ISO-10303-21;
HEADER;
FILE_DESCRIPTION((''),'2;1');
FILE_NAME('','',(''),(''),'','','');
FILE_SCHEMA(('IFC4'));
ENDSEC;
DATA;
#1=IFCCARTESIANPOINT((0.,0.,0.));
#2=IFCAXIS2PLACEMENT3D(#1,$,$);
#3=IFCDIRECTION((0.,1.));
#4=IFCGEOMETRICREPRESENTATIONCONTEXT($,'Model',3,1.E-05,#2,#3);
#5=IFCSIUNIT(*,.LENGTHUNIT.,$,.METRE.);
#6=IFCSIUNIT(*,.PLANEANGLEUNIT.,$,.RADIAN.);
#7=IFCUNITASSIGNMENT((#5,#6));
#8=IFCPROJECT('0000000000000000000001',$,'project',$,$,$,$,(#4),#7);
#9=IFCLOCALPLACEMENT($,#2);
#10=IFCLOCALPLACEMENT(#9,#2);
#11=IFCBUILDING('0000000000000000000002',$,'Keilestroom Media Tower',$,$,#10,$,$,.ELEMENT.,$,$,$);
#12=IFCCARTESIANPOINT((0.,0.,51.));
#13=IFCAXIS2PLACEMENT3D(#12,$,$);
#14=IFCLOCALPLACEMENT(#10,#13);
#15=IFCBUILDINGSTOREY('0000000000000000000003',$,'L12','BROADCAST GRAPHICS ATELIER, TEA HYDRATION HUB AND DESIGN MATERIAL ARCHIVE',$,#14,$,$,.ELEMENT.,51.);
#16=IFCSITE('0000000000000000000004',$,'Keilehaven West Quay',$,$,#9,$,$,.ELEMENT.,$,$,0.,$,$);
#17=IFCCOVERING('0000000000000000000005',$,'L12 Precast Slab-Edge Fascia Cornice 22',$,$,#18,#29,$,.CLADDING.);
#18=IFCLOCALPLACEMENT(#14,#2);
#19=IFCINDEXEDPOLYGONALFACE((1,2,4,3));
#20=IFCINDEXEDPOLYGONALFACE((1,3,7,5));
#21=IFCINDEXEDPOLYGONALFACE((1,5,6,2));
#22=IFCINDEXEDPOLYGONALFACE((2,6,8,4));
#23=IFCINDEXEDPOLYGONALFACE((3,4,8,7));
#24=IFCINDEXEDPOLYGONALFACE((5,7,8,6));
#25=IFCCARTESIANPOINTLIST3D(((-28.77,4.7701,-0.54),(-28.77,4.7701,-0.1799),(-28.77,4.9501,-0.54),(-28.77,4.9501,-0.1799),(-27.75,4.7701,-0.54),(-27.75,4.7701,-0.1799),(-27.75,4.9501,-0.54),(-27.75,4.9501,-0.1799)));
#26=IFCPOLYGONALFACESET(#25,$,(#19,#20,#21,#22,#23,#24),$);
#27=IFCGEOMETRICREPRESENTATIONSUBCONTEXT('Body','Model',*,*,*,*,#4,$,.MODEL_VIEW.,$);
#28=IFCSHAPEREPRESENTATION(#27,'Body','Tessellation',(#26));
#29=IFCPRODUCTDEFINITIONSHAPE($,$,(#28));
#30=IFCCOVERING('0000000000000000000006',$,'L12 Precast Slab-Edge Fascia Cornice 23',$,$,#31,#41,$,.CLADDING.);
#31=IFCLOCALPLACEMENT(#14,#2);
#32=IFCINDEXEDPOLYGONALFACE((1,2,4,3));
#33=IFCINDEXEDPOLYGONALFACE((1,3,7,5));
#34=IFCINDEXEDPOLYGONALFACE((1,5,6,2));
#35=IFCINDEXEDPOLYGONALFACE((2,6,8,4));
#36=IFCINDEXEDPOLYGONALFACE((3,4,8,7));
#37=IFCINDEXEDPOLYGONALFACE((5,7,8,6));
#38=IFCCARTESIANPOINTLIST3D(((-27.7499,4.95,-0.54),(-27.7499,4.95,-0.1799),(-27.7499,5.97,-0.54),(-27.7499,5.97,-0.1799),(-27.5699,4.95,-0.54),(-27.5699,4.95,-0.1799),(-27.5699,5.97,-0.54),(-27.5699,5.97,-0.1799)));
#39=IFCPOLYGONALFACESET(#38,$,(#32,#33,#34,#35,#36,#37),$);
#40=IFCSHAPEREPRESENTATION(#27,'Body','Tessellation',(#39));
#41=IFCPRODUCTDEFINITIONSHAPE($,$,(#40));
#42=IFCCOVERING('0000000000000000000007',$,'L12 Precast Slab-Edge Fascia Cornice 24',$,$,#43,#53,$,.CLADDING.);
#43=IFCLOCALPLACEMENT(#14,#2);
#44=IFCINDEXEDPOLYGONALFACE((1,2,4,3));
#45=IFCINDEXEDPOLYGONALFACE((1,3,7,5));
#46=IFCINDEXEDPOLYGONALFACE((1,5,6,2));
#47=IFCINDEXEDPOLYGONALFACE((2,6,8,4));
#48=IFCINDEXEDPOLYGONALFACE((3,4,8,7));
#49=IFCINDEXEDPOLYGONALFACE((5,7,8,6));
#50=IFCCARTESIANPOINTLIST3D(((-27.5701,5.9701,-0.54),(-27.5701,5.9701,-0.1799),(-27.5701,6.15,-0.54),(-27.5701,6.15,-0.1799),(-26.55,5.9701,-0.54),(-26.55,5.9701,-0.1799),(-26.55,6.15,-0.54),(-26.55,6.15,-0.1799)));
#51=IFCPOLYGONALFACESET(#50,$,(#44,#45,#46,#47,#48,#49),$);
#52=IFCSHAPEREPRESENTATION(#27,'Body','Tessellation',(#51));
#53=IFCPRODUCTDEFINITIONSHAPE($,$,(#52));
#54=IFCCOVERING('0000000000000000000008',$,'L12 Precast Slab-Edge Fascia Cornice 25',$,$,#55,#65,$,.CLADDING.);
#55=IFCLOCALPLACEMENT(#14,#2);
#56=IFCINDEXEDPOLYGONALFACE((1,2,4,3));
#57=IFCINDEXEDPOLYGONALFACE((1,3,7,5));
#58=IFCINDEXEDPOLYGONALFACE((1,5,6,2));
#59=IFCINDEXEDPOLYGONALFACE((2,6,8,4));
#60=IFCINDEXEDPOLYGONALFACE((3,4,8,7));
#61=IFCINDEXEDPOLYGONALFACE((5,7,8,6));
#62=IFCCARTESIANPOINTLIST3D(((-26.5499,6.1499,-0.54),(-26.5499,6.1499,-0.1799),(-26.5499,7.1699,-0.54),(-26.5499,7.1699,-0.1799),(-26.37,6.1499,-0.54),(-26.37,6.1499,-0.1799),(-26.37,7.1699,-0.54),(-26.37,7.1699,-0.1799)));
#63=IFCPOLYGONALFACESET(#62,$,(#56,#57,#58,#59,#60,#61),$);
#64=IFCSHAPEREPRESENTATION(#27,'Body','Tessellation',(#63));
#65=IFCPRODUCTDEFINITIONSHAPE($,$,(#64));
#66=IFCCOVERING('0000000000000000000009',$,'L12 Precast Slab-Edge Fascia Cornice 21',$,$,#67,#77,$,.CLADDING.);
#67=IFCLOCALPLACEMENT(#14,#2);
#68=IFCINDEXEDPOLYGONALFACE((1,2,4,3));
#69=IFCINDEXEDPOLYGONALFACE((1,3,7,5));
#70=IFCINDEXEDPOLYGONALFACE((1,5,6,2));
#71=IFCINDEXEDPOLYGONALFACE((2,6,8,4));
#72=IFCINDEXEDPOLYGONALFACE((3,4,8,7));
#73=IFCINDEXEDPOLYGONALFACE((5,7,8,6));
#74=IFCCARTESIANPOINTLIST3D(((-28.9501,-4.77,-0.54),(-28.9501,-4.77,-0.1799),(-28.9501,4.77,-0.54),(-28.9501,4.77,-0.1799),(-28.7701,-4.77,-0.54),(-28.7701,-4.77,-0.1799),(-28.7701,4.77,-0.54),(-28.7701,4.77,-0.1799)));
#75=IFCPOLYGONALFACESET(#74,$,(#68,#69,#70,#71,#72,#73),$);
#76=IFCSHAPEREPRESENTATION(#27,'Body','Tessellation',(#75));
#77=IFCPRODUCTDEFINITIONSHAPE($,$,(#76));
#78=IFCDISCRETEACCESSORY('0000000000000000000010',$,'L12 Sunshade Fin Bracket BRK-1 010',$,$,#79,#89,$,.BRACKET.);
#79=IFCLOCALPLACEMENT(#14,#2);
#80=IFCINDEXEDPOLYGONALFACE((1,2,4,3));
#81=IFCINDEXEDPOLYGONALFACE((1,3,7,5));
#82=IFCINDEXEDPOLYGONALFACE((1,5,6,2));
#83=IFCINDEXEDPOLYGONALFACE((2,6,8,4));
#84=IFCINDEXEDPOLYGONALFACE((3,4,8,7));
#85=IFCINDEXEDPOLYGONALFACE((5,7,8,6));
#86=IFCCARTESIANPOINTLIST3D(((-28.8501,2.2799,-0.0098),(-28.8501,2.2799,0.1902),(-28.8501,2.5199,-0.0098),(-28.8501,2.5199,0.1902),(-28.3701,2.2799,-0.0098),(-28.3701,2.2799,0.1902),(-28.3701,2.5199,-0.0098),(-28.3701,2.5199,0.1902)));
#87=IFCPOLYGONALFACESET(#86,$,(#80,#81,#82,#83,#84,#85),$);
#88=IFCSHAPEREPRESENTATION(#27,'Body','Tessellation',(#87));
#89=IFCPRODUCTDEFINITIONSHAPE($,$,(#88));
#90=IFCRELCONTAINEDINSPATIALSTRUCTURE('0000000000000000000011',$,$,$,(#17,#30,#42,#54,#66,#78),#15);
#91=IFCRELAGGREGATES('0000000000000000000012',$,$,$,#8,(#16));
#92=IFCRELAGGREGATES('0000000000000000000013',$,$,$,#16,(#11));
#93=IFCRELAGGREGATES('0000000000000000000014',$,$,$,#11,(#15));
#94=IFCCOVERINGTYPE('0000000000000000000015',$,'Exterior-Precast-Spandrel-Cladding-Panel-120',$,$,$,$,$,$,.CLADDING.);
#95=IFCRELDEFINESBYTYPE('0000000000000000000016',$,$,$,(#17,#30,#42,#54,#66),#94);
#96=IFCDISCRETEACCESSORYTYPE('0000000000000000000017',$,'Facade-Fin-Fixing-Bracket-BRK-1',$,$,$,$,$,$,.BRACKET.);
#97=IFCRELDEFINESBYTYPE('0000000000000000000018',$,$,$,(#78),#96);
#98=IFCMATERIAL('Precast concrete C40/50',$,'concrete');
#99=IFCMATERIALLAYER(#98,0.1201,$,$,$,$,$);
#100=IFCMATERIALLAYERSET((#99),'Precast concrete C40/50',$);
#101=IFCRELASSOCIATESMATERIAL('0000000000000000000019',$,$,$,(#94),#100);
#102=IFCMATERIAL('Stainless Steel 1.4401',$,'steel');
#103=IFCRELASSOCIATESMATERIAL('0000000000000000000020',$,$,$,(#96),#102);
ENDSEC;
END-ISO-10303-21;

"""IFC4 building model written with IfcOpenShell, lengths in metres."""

from ifc_helpers import new_model, si_unit, direction, frame, origin, origin_2d, place, context, subcontext, project, spatial, rectangle, extrude, source, transform, mapped, material, layer, layer_set, type_object, element, save


model = new_model("IFC4")

# Units and contexts
model_context = context("Model", 3, precision=1e-05, world=origin(), true_north=direction((0.0, 1.0)))
body_context = subcontext(model_context, "Body", "Model", "MODEL_VIEW")
ifc_project = project(units=[si_unit("LENGTHUNIT", "METRE"), si_unit("PLANEANGLEUNIT", "RADIAN")], contexts=[model_context])

# Site, building, storey
site_placement = place(None, origin())
site = spatial("IfcSite", under=ifc_project, at=site_placement, Name="Keilehaven West Quay", CompositionType="ELEMENT", RefElevation=0.0)
building_placement = place(site_placement, origin())
building = spatial("IfcBuilding", under=site, at=building_placement, Name="Keilestroom Media Tower", CompositionType="ELEMENT")
storey_placement = place(building_placement, frame((0.0, 0.0, 51.0)))
storey = spatial("IfcBuildingStorey", under=building, at=storey_placement, Name="L12", Description="BROADCAST GRAPHICS ATELIER, TEA HYDRATION HUB AND DESIGN MATERIAL ARCHIVE", CompositionType="ELEMENT", Elevation=51.0)

# Shared definitions
ifc_material_1 = material(Name="Precast concrete C40/50", Category="concrete")

# Coverings
ifc_layer_1 = layer(ifc_material_1, 0.1201)
ifc_layer_set_1 = layer_set([ifc_layer_1], Name="Precast concrete C40/50")
covering_type = type_object("IfcCoveringType", Name="Exterior-Precast-Spandrel-Cladding-Panel-120", PredefinedType="CLADDING", material=ifc_layer_set_1)
shared_shape_1 = source(origin(), body_context, "Body", "SweptSolid", [
    extrude(rectangle(XDim=1.02, YDim=0.1799, at=origin_2d()), origin(), (0.0, 0.0, 1.0), 0.3601),
])
for number, where, z_axis, x_axis, name in (
    (1, (-28.26, 4.8601, -0.54), (0.0, 0.0, 1.0), (1.0, 0.0, 0.0), "L12 Precast Slab-Edge Fascia Cornice 22"),
    (2, (-27.6599, 5.46, -0.54), (0.0, 0.0, 1.0), (0.0, 1.0, 0.0), "L12 Precast Slab-Edge Fascia Cornice 23"),
    (3, (-27.0601, 6.0601, -0.54), (0.0, 0.0, 1.0), (1.0, 0.0, 0.0), "L12 Precast Slab-Edge Fascia Cornice 24"),
    (4, (-26.46, 6.6599, -0.54), (0.0, 0.0, 1.0), (0.0, 1.0, 0.0), "L12 Precast Slab-Edge Fascia Cornice 25"),
):
    element("IfcCovering", number, at=place(storey_placement, frame(where, z_axis=z_axis, x_axis=x_axis)), inside=storey, type_object=covering_type, Name=name, PredefinedType="CLADDING", context=body_context, shape_type="MappedRepresentation", body=[
        mapped(shared_shape_1, transform((0.0, 0.0, 0.0), x_axis=(1.0, 0.0, 0.0), y_axis=(0.0, 1.0, 0.0), z_axis=(0.0, 0.0, 1.0), scale=1.0)),
    ])
shared_shape_2 = source(origin(), body_context, "Body", "SweptSolid", [
    extrude(rectangle(XDim=9.54, YDim=0.1799, at=origin_2d()), origin(), (0.0, 0.0, 1.0), 0.3601),
])
covering_placement = place(storey_placement, frame((-28.8601, 0.0, -0.54), z_axis=(0.0, 0.0, 1.0), x_axis=(0.0, 1.0, 0.0)))
element("IfcCovering", 5, at=covering_placement, inside=storey, type_object=covering_type, Name="L12 Precast Slab-Edge Fascia Cornice 21", PredefinedType="CLADDING", context=body_context, shape_type="MappedRepresentation", body=[
    mapped(shared_shape_2, transform((0.0, 0.0, 0.0), x_axis=(1.0, 0.0, 0.0), y_axis=(0.0, 1.0, 0.0), z_axis=(0.0, 0.0, 1.0), scale=1.0)),
])

# Discrete accessory
ifc_material_2 = material(Name="Stainless Steel 1.4401", Category="steel")
discrete_accessory_type = type_object("IfcDiscreteAccessoryType", Name="Facade-Fin-Fixing-Bracket-BRK-1", PredefinedType="BRACKET", material=ifc_material_2)
shared_shape_3 = source(origin(), body_context, "Body", "SweptSolid", [
    extrude(rectangle(XDim=0.48, YDim=0.24, at=origin_2d()), origin(), (0.0, 0.0, 1.0), 0.2),
])
discrete_accessory_placement = place(storey_placement, frame((-28.6101, 2.3999, -0.0098), z_axis=(0.0, 0.0, 1.0), x_axis=(1.0, 0.0, 0.0)))
element("IfcDiscreteAccessory", 6, at=discrete_accessory_placement, inside=storey, type_object=discrete_accessory_type, Name="L12 Sunshade Fin Bracket BRK-1 010", PredefinedType="BRACKET", context=body_context, shape_type="MappedRepresentation", body=[
    mapped(shared_shape_3, transform((0.0, 0.0, 0.0), x_axis=(1.0, 0.0, 0.0), y_axis=(0.0, 1.0, 0.0), z_axis=(0.0, 0.0, 1.0), scale=1.0)),
])

save(model, "model.ifc")
